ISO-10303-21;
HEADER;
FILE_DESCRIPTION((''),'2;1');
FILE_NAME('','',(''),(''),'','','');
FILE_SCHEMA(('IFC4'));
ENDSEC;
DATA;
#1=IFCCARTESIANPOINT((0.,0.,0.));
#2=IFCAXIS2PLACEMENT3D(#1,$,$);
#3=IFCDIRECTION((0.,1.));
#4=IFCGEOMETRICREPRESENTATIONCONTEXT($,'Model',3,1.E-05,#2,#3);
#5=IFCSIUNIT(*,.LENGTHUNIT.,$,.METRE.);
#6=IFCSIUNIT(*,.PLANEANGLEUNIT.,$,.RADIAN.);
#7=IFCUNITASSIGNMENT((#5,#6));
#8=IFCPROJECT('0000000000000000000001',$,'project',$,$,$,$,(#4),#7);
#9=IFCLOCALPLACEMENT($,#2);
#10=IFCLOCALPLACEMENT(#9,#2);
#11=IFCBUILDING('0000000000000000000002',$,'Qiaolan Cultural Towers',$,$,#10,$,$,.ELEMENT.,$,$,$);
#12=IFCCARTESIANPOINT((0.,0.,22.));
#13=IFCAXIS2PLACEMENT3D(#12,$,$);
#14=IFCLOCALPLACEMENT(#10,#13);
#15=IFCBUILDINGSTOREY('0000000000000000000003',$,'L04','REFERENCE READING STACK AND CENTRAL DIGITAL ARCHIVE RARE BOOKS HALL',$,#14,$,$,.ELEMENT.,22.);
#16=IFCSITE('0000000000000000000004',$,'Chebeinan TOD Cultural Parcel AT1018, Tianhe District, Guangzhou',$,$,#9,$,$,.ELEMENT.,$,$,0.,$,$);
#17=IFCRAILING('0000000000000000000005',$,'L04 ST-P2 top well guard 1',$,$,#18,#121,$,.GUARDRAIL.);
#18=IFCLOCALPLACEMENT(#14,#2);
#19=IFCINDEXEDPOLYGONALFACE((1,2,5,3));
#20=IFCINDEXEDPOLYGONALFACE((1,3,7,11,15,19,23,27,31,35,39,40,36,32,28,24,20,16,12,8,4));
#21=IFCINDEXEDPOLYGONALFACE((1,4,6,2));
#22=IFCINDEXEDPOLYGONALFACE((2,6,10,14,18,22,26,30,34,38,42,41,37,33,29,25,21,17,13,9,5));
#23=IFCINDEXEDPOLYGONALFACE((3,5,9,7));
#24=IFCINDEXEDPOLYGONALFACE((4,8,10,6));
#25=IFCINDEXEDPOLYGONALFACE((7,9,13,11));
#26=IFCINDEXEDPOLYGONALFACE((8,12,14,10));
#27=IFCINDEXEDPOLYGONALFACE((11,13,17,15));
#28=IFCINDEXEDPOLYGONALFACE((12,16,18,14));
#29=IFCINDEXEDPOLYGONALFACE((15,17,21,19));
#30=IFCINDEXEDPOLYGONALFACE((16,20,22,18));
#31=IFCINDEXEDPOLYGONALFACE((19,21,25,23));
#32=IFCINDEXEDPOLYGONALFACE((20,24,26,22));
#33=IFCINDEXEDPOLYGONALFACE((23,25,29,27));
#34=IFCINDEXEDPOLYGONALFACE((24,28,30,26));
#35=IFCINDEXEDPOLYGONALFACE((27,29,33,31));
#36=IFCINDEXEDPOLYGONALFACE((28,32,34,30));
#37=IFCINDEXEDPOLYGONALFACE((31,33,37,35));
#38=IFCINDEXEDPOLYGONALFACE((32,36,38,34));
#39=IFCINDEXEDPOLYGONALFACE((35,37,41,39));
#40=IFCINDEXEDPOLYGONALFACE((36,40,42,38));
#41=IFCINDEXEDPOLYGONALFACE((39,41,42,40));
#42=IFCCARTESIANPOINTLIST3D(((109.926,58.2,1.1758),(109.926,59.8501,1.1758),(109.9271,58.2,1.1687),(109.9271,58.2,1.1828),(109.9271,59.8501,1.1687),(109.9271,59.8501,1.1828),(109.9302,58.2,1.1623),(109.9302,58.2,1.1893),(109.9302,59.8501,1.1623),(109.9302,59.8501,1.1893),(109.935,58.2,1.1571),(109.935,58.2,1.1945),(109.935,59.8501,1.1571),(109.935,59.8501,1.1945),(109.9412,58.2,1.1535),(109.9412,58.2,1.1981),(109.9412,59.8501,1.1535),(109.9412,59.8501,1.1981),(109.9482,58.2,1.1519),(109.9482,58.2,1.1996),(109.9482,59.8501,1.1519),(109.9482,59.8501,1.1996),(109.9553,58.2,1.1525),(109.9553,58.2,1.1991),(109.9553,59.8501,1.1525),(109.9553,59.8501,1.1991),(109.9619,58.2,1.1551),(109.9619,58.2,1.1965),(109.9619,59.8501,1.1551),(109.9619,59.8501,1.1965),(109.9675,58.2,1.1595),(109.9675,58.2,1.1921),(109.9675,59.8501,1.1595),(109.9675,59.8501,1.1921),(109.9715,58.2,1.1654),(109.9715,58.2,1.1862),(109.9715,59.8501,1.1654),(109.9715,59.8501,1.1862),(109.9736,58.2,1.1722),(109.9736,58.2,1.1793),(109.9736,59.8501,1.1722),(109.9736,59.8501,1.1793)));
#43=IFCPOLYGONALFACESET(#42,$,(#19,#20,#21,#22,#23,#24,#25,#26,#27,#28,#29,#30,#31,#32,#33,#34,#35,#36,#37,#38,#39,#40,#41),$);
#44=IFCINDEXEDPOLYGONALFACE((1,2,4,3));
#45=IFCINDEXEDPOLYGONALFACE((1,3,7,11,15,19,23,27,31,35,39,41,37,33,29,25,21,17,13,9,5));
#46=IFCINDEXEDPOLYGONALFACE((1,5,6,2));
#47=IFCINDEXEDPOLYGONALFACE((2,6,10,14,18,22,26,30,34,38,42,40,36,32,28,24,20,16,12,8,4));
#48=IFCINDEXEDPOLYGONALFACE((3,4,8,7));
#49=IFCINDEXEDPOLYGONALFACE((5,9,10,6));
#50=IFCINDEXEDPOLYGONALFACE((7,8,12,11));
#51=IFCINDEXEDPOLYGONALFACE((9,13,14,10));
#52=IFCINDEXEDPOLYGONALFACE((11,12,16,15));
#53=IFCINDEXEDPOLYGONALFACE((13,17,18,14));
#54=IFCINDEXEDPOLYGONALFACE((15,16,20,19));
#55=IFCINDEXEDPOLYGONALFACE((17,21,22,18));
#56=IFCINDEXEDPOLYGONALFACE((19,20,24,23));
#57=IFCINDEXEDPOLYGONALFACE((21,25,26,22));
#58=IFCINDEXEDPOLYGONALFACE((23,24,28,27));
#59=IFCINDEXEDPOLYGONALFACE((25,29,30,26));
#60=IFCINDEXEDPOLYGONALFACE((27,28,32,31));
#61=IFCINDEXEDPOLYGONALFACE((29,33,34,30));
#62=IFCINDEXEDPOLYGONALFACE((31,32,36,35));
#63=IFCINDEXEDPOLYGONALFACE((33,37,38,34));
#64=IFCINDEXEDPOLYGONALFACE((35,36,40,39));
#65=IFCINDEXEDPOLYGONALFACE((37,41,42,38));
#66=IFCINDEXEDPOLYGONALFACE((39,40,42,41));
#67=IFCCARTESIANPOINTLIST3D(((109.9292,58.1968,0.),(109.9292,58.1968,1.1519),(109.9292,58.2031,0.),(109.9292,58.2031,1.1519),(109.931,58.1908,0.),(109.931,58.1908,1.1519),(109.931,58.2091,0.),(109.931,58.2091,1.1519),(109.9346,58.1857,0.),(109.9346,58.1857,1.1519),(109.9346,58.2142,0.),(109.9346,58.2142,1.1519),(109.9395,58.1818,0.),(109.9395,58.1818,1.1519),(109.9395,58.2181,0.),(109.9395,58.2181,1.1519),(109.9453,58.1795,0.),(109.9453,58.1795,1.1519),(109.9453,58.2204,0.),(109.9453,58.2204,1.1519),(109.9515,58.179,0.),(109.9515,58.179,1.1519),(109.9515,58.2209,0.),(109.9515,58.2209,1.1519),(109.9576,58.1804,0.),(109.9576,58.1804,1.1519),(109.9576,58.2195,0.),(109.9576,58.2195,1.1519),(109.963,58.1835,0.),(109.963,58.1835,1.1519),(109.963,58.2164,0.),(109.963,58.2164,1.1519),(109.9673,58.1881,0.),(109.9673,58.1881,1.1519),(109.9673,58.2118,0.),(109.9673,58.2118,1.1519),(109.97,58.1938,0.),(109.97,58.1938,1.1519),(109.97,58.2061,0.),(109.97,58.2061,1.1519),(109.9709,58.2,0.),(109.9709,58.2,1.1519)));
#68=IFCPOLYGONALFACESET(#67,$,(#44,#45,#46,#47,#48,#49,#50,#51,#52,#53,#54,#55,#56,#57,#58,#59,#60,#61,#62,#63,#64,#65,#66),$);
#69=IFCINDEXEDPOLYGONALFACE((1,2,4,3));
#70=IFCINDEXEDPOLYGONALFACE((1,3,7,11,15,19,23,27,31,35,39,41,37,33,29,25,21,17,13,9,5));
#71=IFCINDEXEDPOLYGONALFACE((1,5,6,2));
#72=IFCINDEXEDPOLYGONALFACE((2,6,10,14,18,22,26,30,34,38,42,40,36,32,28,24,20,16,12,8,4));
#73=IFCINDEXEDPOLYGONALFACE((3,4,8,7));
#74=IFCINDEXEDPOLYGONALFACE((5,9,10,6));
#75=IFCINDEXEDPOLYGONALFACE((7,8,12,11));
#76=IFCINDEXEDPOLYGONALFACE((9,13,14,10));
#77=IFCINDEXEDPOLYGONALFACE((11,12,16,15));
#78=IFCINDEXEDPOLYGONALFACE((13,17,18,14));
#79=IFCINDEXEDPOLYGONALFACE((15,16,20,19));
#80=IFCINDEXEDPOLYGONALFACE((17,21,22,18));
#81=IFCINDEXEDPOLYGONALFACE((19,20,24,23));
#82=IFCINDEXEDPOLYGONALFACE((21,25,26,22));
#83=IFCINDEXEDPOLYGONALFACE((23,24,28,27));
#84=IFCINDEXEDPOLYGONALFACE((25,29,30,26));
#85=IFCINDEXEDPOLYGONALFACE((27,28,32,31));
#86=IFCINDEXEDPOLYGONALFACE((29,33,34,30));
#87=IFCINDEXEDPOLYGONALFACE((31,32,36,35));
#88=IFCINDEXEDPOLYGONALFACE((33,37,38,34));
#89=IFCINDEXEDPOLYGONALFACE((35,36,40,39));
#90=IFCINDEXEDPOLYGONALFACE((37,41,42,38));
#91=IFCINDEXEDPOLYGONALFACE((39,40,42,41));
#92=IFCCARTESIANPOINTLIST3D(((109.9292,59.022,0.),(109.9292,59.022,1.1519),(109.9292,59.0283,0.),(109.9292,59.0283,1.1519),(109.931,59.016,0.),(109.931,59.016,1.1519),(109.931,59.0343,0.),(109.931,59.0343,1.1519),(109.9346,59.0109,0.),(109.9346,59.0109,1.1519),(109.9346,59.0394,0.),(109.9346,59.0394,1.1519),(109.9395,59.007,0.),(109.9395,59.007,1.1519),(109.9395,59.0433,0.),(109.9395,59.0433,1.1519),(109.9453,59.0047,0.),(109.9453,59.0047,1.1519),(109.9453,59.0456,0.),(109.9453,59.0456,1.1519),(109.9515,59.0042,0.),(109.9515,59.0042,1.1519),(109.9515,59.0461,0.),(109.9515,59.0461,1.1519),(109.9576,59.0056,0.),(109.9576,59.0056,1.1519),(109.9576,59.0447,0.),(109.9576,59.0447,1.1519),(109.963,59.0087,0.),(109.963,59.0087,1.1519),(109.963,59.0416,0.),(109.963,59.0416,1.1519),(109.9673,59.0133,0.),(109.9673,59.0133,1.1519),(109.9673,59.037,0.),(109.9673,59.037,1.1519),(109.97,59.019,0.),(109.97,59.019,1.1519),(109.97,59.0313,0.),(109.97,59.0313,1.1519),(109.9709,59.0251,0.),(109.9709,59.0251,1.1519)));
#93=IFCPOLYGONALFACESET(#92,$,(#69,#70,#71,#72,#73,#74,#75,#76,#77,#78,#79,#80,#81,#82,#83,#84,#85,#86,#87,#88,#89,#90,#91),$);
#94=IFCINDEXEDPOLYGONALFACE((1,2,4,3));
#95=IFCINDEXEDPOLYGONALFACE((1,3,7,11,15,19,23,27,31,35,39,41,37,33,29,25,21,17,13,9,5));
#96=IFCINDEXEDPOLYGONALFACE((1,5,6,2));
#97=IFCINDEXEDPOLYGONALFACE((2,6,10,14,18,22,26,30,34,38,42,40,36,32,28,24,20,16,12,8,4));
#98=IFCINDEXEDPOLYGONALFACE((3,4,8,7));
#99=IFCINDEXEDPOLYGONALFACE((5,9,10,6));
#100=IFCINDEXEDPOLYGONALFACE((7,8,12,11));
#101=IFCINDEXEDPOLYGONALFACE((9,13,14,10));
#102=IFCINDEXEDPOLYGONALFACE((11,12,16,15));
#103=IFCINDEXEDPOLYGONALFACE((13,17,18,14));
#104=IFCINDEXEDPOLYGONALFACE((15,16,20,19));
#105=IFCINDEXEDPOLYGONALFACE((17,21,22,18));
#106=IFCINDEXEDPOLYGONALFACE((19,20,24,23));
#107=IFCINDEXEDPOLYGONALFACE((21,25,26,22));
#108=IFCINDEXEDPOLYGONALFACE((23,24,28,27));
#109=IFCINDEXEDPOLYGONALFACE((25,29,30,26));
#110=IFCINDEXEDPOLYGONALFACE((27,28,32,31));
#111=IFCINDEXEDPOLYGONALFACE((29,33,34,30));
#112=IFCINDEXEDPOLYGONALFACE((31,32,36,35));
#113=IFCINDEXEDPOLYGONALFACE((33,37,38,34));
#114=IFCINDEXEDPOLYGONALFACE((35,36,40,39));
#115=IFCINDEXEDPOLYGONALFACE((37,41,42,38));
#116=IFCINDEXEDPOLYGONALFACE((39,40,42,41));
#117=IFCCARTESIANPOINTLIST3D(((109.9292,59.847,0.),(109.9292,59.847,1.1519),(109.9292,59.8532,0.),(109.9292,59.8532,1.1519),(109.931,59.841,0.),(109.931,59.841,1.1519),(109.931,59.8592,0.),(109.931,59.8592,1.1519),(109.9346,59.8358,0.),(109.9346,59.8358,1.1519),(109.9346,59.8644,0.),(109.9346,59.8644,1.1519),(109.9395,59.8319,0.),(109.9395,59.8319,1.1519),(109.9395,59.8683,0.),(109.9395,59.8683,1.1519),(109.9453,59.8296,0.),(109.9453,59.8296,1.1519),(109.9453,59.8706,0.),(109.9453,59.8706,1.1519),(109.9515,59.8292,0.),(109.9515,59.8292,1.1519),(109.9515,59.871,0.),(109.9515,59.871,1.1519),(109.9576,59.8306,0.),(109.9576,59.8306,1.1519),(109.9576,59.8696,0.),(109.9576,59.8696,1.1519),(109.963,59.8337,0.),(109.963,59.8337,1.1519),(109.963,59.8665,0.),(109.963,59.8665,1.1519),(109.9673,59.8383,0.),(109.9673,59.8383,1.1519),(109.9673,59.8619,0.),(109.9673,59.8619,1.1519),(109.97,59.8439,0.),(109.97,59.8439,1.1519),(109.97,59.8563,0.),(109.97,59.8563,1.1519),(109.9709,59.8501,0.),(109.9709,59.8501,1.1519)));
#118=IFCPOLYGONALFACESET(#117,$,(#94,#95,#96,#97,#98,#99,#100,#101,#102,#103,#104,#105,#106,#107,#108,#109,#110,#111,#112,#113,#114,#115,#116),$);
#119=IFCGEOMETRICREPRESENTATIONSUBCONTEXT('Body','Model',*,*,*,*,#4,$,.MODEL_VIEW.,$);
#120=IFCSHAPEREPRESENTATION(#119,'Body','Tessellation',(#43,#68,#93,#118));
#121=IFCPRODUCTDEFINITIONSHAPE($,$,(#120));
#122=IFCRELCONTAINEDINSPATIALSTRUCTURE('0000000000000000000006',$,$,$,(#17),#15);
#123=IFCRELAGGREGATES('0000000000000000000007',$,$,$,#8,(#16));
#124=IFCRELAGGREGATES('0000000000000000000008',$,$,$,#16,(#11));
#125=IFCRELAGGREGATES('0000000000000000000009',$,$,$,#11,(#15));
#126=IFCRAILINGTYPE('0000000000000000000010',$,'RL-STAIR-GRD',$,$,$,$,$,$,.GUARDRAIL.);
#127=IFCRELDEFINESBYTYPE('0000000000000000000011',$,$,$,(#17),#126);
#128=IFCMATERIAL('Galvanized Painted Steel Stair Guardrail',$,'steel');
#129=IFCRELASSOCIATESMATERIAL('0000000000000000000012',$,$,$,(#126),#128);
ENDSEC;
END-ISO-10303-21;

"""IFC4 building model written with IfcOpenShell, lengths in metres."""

from ifc_helpers import new_model, si_unit, direction, frame, origin, origin_2d, place, context, subcontext, project, spatial, circle, extrude, material, type_object, element, save


model = new_model("IFC4")

# Units and contexts
model_context = context("Model", 3, precision=1e-05, world=origin(), true_north=direction((0.0, 1.0)))
body_context = subcontext(model_context, "Body", "Model", "MODEL_VIEW")
ifc_project = project(units=[si_unit("LENGTHUNIT", "METRE"), si_unit("PLANEANGLEUNIT", "RADIAN")], contexts=[model_context])

# Site, building, storey
site_placement = place(None, origin())
site = spatial("IfcSite", under=ifc_project, at=site_placement, Name="Chebeinan TOD Cultural Parcel AT1018, Tianhe District, Guangzhou", CompositionType="ELEMENT", RefElevation=0.0)
building_placement = place(site_placement, origin())
building = spatial("IfcBuilding", under=site, at=building_placement, Name="Qiaolan Cultural Towers", CompositionType="ELEMENT")
storey_placement = place(building_placement, frame((0.0, 0.0, 22.0)))
storey = spatial("IfcBuildingStorey", under=building, at=storey_placement, Name="L04", Description="REFERENCE READING STACK AND CENTRAL DIGITAL ARCHIVE RARE BOOKS HALL", CompositionType="ELEMENT", Elevation=22.0)

# Railing
ifc_material_1 = material(Name="Galvanized Painted Steel Stair Guardrail", Category="steel")
railing_type = type_object("IfcRailingType", Name="RL-STAIR-GRD", PredefinedType="GUARDRAIL", material=ifc_material_1)
railing_placement = place(storey_placement, frame((109.95, 58.2, 0.0)))
element("IfcRailing", 1, at=railing_placement, inside=storey, type_object=railing_type, Name="L04 ST-P2 top well guard 1", PredefinedType="GUARDRAIL", context=body_context, shape_type="SweptSolid", body=[
    extrude(circle(Radius=0.0239, at=origin_2d()), frame((0.0, 0.0, 1.1758), z_axis=(0.0, 1.0, 0.0), x_axis=(-1.0, 0.0, 0.0)), (0.0, 0.0, 1.0), 1.6501),
    extrude(circle(Radius=0.021, at=origin_2d()), origin(), (0.0, 0.0, 1.0), 1.1519),
    extrude(circle(Radius=0.021, at=origin_2d()), frame((0.0, 0.8252, 0.0)), (0.0, 0.0, 1.0), 1.1519),
    extrude(circle(Radius=0.021, at=origin_2d()), frame((0.0, 1.6501, 0.0)), (0.0, 0.0, 1.0), 1.1519),
])

save(model, "model.ifc")
